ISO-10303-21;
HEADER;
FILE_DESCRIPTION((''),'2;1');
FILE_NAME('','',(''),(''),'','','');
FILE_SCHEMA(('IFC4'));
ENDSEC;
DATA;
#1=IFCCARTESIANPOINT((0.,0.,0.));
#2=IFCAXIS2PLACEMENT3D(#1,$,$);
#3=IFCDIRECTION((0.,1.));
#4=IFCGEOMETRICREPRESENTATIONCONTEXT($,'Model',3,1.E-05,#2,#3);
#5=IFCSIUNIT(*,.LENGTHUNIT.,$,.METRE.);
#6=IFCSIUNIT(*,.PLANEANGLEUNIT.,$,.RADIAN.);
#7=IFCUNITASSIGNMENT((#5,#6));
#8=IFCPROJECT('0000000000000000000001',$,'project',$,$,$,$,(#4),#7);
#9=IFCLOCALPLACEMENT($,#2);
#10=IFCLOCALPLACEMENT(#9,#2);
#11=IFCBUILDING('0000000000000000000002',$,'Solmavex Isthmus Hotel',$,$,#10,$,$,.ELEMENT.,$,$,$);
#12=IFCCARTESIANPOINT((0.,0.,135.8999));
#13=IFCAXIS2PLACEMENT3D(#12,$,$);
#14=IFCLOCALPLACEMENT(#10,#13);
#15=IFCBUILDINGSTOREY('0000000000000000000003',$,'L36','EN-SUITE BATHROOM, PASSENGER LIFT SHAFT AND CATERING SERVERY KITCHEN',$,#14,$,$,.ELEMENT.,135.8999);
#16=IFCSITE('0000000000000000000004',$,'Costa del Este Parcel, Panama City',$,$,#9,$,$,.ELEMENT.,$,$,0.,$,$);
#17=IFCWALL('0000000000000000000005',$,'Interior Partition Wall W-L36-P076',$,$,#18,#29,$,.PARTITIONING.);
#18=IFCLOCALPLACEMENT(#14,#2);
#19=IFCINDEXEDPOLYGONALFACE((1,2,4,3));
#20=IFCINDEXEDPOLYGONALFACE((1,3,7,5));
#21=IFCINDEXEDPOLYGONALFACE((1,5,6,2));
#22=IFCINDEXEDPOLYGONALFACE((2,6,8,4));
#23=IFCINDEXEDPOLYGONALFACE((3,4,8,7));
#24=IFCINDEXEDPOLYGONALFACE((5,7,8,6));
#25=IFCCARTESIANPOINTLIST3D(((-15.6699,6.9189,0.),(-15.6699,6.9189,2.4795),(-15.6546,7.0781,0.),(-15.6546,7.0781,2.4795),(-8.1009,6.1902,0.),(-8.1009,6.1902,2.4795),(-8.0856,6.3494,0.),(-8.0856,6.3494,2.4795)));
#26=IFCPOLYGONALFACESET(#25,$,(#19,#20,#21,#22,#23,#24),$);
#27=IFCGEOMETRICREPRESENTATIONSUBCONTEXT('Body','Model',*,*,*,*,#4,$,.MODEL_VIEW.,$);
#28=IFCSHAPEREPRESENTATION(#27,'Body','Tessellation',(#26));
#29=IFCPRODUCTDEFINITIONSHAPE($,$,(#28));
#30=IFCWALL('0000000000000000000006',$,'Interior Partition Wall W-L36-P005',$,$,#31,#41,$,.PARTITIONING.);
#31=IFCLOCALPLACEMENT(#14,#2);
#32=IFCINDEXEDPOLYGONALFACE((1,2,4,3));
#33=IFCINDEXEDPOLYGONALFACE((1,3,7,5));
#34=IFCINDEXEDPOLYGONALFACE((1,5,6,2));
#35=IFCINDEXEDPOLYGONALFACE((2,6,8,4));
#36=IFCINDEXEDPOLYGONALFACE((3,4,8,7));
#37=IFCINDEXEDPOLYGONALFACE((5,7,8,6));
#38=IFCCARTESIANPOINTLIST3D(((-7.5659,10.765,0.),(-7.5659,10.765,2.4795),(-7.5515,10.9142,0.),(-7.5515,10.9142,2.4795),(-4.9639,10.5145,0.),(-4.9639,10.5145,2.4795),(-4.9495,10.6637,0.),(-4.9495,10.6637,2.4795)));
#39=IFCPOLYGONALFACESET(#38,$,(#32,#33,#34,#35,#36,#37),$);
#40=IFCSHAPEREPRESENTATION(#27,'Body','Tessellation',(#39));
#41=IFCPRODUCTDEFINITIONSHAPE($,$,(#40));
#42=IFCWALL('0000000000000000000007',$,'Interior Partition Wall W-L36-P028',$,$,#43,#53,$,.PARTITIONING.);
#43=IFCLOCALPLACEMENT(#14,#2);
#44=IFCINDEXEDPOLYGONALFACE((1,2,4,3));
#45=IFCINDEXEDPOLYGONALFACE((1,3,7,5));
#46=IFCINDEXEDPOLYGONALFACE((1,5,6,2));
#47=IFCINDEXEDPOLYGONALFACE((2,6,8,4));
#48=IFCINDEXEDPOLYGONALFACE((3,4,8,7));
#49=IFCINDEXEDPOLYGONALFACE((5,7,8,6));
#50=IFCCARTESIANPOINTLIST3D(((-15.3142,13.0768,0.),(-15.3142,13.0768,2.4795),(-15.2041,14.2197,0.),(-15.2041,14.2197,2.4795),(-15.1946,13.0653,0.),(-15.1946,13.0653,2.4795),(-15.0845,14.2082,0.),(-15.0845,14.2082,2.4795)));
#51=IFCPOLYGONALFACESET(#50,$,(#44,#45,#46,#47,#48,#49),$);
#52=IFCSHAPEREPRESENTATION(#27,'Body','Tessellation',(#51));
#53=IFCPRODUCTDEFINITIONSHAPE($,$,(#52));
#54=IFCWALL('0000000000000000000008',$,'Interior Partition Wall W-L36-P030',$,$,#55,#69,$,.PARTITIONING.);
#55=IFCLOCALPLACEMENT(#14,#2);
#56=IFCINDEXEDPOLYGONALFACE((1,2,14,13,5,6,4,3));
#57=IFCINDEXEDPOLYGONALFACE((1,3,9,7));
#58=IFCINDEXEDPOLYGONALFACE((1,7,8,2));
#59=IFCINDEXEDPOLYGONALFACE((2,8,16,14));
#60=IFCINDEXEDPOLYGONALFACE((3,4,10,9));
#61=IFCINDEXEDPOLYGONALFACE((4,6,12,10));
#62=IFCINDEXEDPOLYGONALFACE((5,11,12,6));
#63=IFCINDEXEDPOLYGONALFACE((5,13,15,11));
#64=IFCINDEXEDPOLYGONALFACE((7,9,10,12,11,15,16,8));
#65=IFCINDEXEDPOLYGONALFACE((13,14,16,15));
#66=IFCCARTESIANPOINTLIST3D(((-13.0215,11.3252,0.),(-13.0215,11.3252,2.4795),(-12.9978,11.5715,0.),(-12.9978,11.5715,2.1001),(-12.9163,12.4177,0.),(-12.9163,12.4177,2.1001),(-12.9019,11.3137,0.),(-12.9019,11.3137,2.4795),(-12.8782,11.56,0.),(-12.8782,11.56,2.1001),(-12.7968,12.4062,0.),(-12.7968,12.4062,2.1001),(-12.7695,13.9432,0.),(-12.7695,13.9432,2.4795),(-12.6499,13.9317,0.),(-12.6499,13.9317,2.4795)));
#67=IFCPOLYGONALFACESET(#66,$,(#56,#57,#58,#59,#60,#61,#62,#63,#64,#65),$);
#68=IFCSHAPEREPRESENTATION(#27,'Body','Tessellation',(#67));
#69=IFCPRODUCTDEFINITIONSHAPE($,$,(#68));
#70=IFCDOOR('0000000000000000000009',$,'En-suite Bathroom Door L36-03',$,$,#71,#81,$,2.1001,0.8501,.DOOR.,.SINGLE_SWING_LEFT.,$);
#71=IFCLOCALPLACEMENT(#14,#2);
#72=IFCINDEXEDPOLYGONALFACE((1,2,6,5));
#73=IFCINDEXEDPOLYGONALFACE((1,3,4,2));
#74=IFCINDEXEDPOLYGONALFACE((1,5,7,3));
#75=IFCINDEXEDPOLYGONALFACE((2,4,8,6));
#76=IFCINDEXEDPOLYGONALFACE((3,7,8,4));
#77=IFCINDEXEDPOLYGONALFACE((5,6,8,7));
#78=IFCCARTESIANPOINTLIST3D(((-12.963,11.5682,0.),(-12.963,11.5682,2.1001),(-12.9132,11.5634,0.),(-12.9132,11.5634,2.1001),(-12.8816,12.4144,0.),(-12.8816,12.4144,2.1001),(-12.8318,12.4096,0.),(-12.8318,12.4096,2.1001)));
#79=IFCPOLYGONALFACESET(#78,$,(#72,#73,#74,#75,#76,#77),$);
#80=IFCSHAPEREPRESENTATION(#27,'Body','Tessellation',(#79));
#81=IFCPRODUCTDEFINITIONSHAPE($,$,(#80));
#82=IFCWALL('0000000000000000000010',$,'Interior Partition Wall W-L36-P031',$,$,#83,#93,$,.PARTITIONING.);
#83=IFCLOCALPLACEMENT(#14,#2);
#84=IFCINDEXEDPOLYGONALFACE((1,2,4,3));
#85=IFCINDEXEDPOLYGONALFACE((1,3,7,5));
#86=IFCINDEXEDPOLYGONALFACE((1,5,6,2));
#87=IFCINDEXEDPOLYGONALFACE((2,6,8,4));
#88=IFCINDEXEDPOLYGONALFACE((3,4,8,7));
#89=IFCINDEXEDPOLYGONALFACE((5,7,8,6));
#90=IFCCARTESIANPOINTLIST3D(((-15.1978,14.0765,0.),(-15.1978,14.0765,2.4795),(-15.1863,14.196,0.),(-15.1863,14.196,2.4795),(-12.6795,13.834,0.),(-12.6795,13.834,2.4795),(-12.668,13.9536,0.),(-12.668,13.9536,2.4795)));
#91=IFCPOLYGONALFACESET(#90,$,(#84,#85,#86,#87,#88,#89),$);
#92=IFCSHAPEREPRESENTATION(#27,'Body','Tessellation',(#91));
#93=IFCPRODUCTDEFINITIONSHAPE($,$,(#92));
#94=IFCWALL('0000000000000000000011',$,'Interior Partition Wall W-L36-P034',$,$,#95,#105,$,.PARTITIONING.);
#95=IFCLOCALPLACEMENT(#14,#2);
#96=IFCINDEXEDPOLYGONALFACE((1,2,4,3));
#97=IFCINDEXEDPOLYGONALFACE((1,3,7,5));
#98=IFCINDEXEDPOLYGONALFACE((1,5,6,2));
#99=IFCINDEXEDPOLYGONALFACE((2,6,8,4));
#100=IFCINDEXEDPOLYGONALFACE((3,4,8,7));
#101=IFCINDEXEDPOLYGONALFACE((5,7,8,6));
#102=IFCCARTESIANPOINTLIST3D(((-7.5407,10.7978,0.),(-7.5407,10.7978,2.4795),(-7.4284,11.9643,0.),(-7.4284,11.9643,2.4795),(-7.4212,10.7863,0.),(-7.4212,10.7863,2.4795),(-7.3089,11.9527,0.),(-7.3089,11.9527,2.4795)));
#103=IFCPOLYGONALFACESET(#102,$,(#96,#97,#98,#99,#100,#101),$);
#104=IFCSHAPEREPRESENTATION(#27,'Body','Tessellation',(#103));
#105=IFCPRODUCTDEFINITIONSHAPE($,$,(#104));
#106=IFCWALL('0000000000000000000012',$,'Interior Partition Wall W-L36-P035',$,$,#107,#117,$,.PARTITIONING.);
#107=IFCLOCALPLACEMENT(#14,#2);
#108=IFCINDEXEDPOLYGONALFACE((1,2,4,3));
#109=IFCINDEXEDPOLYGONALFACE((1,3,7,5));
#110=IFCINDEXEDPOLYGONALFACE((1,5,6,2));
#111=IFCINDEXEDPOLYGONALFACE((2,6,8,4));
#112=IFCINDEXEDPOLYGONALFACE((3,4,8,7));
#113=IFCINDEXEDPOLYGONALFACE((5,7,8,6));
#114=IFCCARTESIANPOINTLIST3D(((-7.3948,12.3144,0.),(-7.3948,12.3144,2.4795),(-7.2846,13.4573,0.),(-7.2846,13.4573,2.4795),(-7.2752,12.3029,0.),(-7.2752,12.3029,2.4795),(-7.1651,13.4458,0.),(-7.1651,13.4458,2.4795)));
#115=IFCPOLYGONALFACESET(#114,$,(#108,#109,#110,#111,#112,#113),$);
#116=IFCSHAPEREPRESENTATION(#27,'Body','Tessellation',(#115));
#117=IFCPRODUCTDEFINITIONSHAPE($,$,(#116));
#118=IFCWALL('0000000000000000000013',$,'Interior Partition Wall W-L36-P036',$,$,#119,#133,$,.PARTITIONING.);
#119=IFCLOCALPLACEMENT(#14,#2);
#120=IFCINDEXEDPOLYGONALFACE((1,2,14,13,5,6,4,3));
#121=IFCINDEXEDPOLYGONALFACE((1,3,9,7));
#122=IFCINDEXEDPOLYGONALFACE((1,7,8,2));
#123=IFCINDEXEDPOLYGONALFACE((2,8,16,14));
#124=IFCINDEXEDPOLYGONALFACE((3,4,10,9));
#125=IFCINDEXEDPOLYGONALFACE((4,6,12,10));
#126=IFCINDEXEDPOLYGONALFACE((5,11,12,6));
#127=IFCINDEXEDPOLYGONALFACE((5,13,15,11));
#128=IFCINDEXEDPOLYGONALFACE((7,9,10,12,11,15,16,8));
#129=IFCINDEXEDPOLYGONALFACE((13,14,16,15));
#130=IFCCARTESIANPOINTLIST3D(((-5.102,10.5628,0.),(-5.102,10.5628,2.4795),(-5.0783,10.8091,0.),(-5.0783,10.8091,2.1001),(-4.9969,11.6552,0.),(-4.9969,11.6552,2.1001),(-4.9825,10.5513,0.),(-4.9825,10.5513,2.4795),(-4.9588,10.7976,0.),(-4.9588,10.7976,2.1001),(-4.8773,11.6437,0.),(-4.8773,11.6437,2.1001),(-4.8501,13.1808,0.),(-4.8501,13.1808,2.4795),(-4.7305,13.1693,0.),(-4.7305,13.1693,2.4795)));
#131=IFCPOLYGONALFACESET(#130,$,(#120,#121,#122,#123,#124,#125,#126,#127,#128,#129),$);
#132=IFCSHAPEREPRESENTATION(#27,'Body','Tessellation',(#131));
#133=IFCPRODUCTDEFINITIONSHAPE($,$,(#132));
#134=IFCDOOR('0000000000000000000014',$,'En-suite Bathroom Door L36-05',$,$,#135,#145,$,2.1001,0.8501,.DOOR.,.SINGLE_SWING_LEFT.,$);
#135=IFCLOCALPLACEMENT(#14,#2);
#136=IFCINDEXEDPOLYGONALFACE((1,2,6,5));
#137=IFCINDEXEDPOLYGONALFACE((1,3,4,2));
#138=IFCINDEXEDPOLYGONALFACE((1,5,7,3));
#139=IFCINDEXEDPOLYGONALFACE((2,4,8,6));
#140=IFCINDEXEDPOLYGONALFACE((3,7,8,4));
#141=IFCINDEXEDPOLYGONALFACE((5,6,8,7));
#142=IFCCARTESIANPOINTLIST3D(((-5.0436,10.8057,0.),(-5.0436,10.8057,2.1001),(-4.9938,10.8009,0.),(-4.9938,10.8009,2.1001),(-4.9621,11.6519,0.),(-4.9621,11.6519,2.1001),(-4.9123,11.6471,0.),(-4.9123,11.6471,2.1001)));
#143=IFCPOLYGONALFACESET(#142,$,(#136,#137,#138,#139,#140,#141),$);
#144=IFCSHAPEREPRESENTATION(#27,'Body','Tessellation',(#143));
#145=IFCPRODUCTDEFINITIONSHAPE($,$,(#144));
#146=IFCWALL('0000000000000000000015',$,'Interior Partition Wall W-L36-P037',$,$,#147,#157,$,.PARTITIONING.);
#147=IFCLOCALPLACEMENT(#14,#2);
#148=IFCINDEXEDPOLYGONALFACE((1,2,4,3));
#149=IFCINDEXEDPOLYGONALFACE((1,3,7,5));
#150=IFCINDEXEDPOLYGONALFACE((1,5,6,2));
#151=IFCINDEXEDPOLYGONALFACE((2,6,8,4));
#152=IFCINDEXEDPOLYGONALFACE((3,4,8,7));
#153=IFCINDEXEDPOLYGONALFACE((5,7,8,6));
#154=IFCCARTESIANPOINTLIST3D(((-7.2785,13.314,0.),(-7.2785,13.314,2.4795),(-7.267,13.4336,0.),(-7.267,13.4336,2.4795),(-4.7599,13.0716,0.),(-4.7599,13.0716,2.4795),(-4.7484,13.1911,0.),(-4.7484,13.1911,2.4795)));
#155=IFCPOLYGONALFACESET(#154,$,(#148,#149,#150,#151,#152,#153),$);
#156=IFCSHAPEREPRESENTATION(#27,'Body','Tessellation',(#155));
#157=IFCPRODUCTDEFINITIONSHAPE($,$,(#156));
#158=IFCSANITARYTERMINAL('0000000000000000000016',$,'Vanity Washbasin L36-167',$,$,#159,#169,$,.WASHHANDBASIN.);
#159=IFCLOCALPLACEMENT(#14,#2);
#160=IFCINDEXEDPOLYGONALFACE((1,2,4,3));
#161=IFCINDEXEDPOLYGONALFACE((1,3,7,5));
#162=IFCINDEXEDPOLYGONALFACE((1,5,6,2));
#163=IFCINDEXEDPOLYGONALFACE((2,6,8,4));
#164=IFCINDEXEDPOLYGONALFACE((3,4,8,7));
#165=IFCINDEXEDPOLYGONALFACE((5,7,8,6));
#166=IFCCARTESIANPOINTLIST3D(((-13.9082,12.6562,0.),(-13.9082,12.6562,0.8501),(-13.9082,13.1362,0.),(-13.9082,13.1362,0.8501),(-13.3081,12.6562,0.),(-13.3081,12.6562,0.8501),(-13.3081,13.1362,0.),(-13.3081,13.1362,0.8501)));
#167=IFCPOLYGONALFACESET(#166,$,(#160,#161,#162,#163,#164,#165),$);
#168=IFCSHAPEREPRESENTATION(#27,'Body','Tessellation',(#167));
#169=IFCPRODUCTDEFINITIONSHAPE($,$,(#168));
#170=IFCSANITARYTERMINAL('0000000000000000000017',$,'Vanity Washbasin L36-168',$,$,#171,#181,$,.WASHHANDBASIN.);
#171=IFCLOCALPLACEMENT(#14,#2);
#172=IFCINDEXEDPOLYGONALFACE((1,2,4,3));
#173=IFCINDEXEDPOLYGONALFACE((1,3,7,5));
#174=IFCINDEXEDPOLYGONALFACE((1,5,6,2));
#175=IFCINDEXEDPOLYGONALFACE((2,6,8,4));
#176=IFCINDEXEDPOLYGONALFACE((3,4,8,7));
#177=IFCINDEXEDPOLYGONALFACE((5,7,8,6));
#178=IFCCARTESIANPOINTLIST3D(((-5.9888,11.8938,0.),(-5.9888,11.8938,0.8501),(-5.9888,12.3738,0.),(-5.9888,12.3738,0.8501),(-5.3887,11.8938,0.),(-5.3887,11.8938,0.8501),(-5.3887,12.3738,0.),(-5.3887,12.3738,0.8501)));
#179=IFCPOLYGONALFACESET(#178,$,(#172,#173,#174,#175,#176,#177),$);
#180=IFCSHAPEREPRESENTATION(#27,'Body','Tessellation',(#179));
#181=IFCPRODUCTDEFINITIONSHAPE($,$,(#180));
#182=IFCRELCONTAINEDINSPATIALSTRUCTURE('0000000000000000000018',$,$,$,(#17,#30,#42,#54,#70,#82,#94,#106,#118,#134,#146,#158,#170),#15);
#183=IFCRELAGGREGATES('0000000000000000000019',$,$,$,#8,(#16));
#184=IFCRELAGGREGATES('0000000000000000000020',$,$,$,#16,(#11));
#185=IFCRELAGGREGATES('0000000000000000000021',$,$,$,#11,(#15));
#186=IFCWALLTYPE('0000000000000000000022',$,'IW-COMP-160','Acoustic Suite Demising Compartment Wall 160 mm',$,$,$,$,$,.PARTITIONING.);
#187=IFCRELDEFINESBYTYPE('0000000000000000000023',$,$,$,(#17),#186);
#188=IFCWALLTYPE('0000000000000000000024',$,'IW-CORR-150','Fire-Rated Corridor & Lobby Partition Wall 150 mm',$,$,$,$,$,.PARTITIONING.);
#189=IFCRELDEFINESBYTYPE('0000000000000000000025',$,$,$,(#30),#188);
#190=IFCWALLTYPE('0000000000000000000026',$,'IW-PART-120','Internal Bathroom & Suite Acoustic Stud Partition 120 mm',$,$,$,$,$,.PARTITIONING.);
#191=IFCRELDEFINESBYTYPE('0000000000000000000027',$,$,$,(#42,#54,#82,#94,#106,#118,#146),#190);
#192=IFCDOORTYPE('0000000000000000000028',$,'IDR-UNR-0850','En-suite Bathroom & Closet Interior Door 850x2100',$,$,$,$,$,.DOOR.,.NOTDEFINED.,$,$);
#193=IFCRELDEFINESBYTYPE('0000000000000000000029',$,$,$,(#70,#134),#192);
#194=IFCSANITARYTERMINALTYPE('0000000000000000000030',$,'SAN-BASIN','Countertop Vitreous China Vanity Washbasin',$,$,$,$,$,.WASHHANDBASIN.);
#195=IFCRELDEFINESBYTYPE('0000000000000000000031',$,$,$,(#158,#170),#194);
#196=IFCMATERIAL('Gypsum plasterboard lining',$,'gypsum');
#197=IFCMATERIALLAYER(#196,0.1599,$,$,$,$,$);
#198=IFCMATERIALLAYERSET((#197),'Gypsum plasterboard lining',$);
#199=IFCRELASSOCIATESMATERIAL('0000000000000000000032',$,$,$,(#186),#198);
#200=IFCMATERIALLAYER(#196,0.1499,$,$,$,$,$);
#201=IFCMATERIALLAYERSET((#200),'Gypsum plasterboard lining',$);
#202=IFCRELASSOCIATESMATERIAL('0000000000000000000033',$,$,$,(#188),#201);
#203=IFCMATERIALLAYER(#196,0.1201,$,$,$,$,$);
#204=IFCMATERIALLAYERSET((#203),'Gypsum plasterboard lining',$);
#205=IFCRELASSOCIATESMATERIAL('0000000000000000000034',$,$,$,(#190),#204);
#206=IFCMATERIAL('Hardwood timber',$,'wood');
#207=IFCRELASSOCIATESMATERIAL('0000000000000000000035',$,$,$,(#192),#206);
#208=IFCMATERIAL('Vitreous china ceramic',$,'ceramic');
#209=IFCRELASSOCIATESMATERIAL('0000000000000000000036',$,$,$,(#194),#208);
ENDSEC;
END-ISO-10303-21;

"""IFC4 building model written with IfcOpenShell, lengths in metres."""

from ifc_helpers import new_model, si_unit, direction, frame, frame_2d, origin, origin_2d, place, context, subcontext, project, spatial, rectangle, extrude, material, layer, layer_set, type_object, element, fill, save


model = new_model("IFC4")

# Units and contexts
model_context = context("Model", 3, precision=1e-05, world=origin(), true_north=direction((0.0, 1.0)))
body_context = subcontext(model_context, "Body", "Model", "MODEL_VIEW")
ifc_project = project(units=[si_unit("LENGTHUNIT", "METRE"), si_unit("PLANEANGLEUNIT", "RADIAN")], contexts=[model_context])

# Site, building, storey
site_placement = place(None, origin())
site = spatial("IfcSite", under=ifc_project, at=site_placement, Name="Costa del Este Parcel, Panama City", CompositionType="ELEMENT", RefElevation=0.0)
building_placement = place(site_placement, origin())
building = spatial("IfcBuilding", under=site, at=building_placement, Name="Solmavex Isthmus Hotel", CompositionType="ELEMENT")
storey_placement = place(building_placement, frame((0.0, 0.0, 135.8999)))
storey = spatial("IfcBuildingStorey", under=building, at=storey_placement, Name="L36", Description="EN-SUITE BATHROOM, PASSENGER LIFT SHAFT AND CATERING SERVERY KITCHEN", CompositionType="ELEMENT", Elevation=135.8999)

# Wall
ifc_material_1 = material(Name="Gypsum plasterboard lining", Category="gypsum")
ifc_layer_1 = layer(ifc_material_1, 0.1599)
ifc_layer_set_1 = layer_set([ifc_layer_1], Name="Gypsum plasterboard lining")
wall_type_1 = type_object("IfcWallType", Name="IW-COMP-160", Description="Acoustic Suite Demising Compartment Wall 160 mm", PredefinedType="PARTITIONING", material=ifc_layer_set_1)
wall_1_placement = place(storey_placement, frame((-8.0933, 6.2698, 0.0), z_axis=(0.0, 0.0, 1.0), x_axis=(-0.995397, 0.095838, 0.0)))
element("IfcWall", 1, at=wall_1_placement, inside=storey, type_object=wall_type_1, Name="Interior Partition Wall W-L36-P076", PredefinedType="PARTITIONING", context=body_context, shape_type="SweptSolid", body=[
    extrude(rectangle(XDim=7.604, YDim=0.1599, at=frame_2d((3.802, 0.0))), origin(), (0.0, 0.0, 1.0), 2.4795),
])

# Shared definitions
ifc_layer_2 = layer(ifc_material_1, 0.1499)
ifc_layer_set_2 = layer_set([ifc_layer_2], Name="Gypsum plasterboard lining")
wall_type_2 = type_object("IfcWallType", Name="IW-CORR-150", Description="Fire-Rated Corridor & Lobby Partition Wall 150 mm", PredefinedType="PARTITIONING", material=ifc_layer_set_2)
ifc_material_2 = material(Name="Hardwood timber", Category="wood")

# Walls
wall_2_placement = place(storey_placement, frame((-7.5588, 10.8396, 0.0), z_axis=(0.0, 0.0, 1.0), x_axis=(0.995398, -0.095823, 0.0)))
element("IfcWall", 2, at=wall_2_placement, inside=storey, type_object=wall_type_2, Name="Interior Partition Wall W-L36-P005", PredefinedType="PARTITIONING", context=body_context, shape_type="SweptSolid", body=[
    extrude(rectangle(XDim=2.614, YDim=0.1499, at=frame_2d((1.3071, 0.0))), origin(), (0.0, 0.0, 1.0), 2.4795),
])
ifc_layer_3 = layer(ifc_material_1, 0.1201)
ifc_layer_set_3 = layer_set([ifc_layer_3], Name="Gypsum plasterboard lining")
wall_type_3 = type_object("IfcWallType", Name="IW-PART-120", Description="Internal Bathroom & Suite Acoustic Stud Partition 120 mm", PredefinedType="PARTITIONING", material=ifc_layer_set_3)
wall_3_placement = place(storey_placement, frame((-15.1443, 14.2141, 0.0), z_axis=(0.0, 0.0, 1.0), x_axis=(-0.095903, -0.995391, 0.0)))
element("IfcWall", 3, at=wall_3_placement, inside=storey, type_object=wall_type_3, Name="Interior Partition Wall W-L36-P028", PredefinedType="PARTITIONING", context=body_context, shape_type="SweptSolid", body=[
    extrude(rectangle(XDim=1.1482, YDim=0.1201, at=frame_2d((0.5742, 0.0))), origin(), (0.0, 0.0, 1.0), 2.4795),
])

# Wall, opening, door
wall_4_placement = place(storey_placement, frame((-12.9617, 11.3196, 0.0), z_axis=(0.0, 0.0, 1.0), x_axis=(0.095799, 0.995401, 0.0)))
wall_4 = element("IfcWall", 4, at=wall_4_placement, inside=storey, type_object=wall_type_3, Name="Interior Partition Wall W-L36-P030", PredefinedType="PARTITIONING", context=body_context, shape_type="SweptSolid", body=[
    extrude(rectangle(XDim=2.6301, YDim=0.1201, at=frame_2d((1.3149, 0.0))), origin(), (0.0, 0.0, 1.0), 2.4795),
])
opening_1_placement = place(wall_4_placement, frame((0.2473, 0.0, 0.0)))
opening_1 = element("IfcOpeningElement", 5, at=opening_1_placement, cuts=wall_4, PredefinedType="OPENING", context=body_context, shape_type="SweptSolid", body=[
    extrude(rectangle(XDim=0.8501, YDim=2.1001, at=frame_2d((0.425, 1.05))), frame((0.0, 0.0701, 0.0), z_axis=(0.0, -1.0, 0.0), x_axis=(1.0, 0.0, 0.0)), (0.0, 0.0, 1.0), 0.1401),
])
door_type_1 = type_object("IfcDoorType", Name="IDR-UNR-0850", Description="En-suite Bathroom & Closet Interior Door 850x2100", OperationType="NOTDEFINED", PredefinedType="DOOR", material=ifc_material_2)
door_1_placement = place(opening_1_placement, frame((0.8501, 0.0, 0.0), z_axis=(0.0, 0.0, 1.0), x_axis=(-1.0, 0.0, 0.0)))
door_1 = element("IfcDoor", 6, at=door_1_placement, inside=storey, type_object=door_type_1, Name="En-suite Bathroom Door L36-03", OperationType="SINGLE_SWING_LEFT", OverallHeight=2.1001, OverallWidth=0.8501, PredefinedType="DOOR", context=body_context, shape_type="SweptSolid", body=[
    extrude(rectangle(XDim=0.8501, YDim=2.1001, at=frame_2d((0.425, 1.05))), frame((0.0, 0.0249, 0.0), z_axis=(0.0, -1.0, 0.0), x_axis=(1.0, 0.0, 0.0)), (0.0, 0.0, 1.0), 0.05),
])
fill(opening_1, door_1)

# Walls
wall_5_placement = place(storey_placement, frame((-12.6736, 13.8938, 0.0), z_axis=(0.0, 0.0, 1.0), x_axis=(-0.995398, 0.095825, 0.0)))
element("IfcWall", 7, at=wall_5_placement, inside=storey, type_object=wall_type_3, Name="Interior Partition Wall W-L36-P031", PredefinedType="PARTITIONING", context=body_context, shape_type="SweptSolid", body=[
    extrude(rectangle(XDim=2.53, YDim=0.1201, at=frame_2d((1.2651, 0.0))), origin(), (0.0, 0.0, 1.0), 2.4795),
])
wall_6_placement = place(storey_placement, frame((-7.3687, 11.9585, 0.0), z_axis=(0.0, 0.0, 1.0), x_axis=(-0.095831, -0.995398, 0.0)))
element("IfcWall", 8, at=wall_6_placement, inside=storey, type_object=wall_type_3, Name="Interior Partition Wall W-L36-P034", PredefinedType="PARTITIONING", context=body_context, shape_type="SweptSolid", body=[
    extrude(rectangle(XDim=1.1719, YDim=0.1201, at=frame_2d((0.5859, 0.0))), origin(), (0.0, 0.0, 1.0), 2.4795),
])
wall_7_placement = place(storey_placement, frame((-7.2249, 13.4517, 0.0), z_axis=(0.0, 0.0, 1.0), x_axis=(-0.095903, -0.995391, 0.0)))
element("IfcWall", 9, at=wall_7_placement, inside=storey, type_object=wall_type_3, Name="Interior Partition Wall W-L36-P035", PredefinedType="PARTITIONING", context=body_context, shape_type="SweptSolid", body=[
    extrude(rectangle(XDim=1.1482, YDim=0.1201, at=frame_2d((0.5742, 0.0))), origin(), (0.0, 0.0, 1.0), 2.4795),
])

# Wall, opening, door
wall_8_placement = place(storey_placement, frame((-5.0422, 10.5571, 0.0), z_axis=(0.0, 0.0, 1.0), x_axis=(0.095799, 0.995401, 0.0)))
wall_8 = element("IfcWall", 10, at=wall_8_placement, inside=storey, type_object=wall_type_3, Name="Interior Partition Wall W-L36-P036", PredefinedType="PARTITIONING", context=body_context, shape_type="SweptSolid", body=[
    extrude(rectangle(XDim=2.6301, YDim=0.1201, at=frame_2d((1.3149, 0.0))), origin(), (0.0, 0.0, 1.0), 2.4795),
])
opening_2_placement = place(wall_8_placement, frame((0.2473, 0.0, 0.0)))
opening_2 = element("IfcOpeningElement", 11, at=opening_2_placement, cuts=wall_8, PredefinedType="OPENING", context=body_context, shape_type="SweptSolid", body=[
    extrude(rectangle(XDim=0.8501, YDim=2.1001, at=frame_2d((0.425, 1.05))), frame((0.0, 0.0701, 0.0), z_axis=(0.0, -1.0, 0.0), x_axis=(1.0, 0.0, 0.0)), (0.0, 0.0, 1.0), 0.1401),
])
door_2_placement = place(opening_2_placement, frame((0.8501, 0.0, 0.0), z_axis=(0.0, 0.0, 1.0), x_axis=(-1.0, 0.0, 0.0)))
door_2 = element("IfcDoor", 12, at=door_2_placement, inside=storey, type_object=door_type_1, Name="En-suite Bathroom Door L36-05", OperationType="SINGLE_SWING_LEFT", OverallHeight=2.1001, OverallWidth=0.8501, PredefinedType="DOOR", context=body_context, shape_type="SweptSolid", body=[
    extrude(rectangle(XDim=0.8501, YDim=2.1001, at=frame_2d((0.425, 1.05))), frame((0.0, 0.0249, 0.0), z_axis=(0.0, -1.0, 0.0), x_axis=(1.0, 0.0, 0.0)), (0.0, 0.0, 1.0), 0.05),
])
fill(opening_2, door_2)

# Wall
wall_9_placement = place(storey_placement, frame((-4.7542, 13.1313, 0.0), z_axis=(0.0, 0.0, 1.0), x_axis=(-0.995399, 0.095815, 0.0)))
element("IfcWall", 13, at=wall_9_placement, inside=storey, type_object=wall_type_3, Name="Interior Partition Wall W-L36-P037", PredefinedType="PARTITIONING", context=body_context, shape_type="SweptSolid", body=[
    extrude(rectangle(XDim=2.5303, YDim=0.1201, at=frame_2d((1.2651, 0.0))), origin(), (0.0, 0.0, 1.0), 2.4795),
])

# Sanitary terminals
ifc_material_3 = material(Name="Vitreous china ceramic", Category="ceramic")
sanitary_terminal_type_1 = type_object("IfcSanitaryTerminalType", Name="SAN-BASIN", Description="Countertop Vitreous China Vanity Washbasin", PredefinedType="WASHHANDBASIN", material=ifc_material_3)
for number, where, z_axis, x_axis, name in (
    (14, (-13.6082, 12.8962, 0.0), (0.0, 0.0, 1.0), (1.0, 0.0, 0.0), "Vanity Washbasin L36-167"),
    (15, (-5.6887, 12.1338, 0.0), (0.0, 0.0, 1.0), (1.0, 0.0, 0.0), "Vanity Washbasin L36-168"),
):
    element("IfcSanitaryTerminal", number, at=place(storey_placement, frame(where, z_axis=z_axis, x_axis=x_axis)), inside=storey, type_object=sanitary_terminal_type_1, Name=name, PredefinedType="WASHHANDBASIN", context=body_context, shape_type="SweptSolid", body=[
        extrude(rectangle(XDim=0.6001, YDim=0.48, at=origin_2d()), origin(), (0.0, 0.0, 1.0), 0.8501),
    ])

save(model, "model.ifc")
